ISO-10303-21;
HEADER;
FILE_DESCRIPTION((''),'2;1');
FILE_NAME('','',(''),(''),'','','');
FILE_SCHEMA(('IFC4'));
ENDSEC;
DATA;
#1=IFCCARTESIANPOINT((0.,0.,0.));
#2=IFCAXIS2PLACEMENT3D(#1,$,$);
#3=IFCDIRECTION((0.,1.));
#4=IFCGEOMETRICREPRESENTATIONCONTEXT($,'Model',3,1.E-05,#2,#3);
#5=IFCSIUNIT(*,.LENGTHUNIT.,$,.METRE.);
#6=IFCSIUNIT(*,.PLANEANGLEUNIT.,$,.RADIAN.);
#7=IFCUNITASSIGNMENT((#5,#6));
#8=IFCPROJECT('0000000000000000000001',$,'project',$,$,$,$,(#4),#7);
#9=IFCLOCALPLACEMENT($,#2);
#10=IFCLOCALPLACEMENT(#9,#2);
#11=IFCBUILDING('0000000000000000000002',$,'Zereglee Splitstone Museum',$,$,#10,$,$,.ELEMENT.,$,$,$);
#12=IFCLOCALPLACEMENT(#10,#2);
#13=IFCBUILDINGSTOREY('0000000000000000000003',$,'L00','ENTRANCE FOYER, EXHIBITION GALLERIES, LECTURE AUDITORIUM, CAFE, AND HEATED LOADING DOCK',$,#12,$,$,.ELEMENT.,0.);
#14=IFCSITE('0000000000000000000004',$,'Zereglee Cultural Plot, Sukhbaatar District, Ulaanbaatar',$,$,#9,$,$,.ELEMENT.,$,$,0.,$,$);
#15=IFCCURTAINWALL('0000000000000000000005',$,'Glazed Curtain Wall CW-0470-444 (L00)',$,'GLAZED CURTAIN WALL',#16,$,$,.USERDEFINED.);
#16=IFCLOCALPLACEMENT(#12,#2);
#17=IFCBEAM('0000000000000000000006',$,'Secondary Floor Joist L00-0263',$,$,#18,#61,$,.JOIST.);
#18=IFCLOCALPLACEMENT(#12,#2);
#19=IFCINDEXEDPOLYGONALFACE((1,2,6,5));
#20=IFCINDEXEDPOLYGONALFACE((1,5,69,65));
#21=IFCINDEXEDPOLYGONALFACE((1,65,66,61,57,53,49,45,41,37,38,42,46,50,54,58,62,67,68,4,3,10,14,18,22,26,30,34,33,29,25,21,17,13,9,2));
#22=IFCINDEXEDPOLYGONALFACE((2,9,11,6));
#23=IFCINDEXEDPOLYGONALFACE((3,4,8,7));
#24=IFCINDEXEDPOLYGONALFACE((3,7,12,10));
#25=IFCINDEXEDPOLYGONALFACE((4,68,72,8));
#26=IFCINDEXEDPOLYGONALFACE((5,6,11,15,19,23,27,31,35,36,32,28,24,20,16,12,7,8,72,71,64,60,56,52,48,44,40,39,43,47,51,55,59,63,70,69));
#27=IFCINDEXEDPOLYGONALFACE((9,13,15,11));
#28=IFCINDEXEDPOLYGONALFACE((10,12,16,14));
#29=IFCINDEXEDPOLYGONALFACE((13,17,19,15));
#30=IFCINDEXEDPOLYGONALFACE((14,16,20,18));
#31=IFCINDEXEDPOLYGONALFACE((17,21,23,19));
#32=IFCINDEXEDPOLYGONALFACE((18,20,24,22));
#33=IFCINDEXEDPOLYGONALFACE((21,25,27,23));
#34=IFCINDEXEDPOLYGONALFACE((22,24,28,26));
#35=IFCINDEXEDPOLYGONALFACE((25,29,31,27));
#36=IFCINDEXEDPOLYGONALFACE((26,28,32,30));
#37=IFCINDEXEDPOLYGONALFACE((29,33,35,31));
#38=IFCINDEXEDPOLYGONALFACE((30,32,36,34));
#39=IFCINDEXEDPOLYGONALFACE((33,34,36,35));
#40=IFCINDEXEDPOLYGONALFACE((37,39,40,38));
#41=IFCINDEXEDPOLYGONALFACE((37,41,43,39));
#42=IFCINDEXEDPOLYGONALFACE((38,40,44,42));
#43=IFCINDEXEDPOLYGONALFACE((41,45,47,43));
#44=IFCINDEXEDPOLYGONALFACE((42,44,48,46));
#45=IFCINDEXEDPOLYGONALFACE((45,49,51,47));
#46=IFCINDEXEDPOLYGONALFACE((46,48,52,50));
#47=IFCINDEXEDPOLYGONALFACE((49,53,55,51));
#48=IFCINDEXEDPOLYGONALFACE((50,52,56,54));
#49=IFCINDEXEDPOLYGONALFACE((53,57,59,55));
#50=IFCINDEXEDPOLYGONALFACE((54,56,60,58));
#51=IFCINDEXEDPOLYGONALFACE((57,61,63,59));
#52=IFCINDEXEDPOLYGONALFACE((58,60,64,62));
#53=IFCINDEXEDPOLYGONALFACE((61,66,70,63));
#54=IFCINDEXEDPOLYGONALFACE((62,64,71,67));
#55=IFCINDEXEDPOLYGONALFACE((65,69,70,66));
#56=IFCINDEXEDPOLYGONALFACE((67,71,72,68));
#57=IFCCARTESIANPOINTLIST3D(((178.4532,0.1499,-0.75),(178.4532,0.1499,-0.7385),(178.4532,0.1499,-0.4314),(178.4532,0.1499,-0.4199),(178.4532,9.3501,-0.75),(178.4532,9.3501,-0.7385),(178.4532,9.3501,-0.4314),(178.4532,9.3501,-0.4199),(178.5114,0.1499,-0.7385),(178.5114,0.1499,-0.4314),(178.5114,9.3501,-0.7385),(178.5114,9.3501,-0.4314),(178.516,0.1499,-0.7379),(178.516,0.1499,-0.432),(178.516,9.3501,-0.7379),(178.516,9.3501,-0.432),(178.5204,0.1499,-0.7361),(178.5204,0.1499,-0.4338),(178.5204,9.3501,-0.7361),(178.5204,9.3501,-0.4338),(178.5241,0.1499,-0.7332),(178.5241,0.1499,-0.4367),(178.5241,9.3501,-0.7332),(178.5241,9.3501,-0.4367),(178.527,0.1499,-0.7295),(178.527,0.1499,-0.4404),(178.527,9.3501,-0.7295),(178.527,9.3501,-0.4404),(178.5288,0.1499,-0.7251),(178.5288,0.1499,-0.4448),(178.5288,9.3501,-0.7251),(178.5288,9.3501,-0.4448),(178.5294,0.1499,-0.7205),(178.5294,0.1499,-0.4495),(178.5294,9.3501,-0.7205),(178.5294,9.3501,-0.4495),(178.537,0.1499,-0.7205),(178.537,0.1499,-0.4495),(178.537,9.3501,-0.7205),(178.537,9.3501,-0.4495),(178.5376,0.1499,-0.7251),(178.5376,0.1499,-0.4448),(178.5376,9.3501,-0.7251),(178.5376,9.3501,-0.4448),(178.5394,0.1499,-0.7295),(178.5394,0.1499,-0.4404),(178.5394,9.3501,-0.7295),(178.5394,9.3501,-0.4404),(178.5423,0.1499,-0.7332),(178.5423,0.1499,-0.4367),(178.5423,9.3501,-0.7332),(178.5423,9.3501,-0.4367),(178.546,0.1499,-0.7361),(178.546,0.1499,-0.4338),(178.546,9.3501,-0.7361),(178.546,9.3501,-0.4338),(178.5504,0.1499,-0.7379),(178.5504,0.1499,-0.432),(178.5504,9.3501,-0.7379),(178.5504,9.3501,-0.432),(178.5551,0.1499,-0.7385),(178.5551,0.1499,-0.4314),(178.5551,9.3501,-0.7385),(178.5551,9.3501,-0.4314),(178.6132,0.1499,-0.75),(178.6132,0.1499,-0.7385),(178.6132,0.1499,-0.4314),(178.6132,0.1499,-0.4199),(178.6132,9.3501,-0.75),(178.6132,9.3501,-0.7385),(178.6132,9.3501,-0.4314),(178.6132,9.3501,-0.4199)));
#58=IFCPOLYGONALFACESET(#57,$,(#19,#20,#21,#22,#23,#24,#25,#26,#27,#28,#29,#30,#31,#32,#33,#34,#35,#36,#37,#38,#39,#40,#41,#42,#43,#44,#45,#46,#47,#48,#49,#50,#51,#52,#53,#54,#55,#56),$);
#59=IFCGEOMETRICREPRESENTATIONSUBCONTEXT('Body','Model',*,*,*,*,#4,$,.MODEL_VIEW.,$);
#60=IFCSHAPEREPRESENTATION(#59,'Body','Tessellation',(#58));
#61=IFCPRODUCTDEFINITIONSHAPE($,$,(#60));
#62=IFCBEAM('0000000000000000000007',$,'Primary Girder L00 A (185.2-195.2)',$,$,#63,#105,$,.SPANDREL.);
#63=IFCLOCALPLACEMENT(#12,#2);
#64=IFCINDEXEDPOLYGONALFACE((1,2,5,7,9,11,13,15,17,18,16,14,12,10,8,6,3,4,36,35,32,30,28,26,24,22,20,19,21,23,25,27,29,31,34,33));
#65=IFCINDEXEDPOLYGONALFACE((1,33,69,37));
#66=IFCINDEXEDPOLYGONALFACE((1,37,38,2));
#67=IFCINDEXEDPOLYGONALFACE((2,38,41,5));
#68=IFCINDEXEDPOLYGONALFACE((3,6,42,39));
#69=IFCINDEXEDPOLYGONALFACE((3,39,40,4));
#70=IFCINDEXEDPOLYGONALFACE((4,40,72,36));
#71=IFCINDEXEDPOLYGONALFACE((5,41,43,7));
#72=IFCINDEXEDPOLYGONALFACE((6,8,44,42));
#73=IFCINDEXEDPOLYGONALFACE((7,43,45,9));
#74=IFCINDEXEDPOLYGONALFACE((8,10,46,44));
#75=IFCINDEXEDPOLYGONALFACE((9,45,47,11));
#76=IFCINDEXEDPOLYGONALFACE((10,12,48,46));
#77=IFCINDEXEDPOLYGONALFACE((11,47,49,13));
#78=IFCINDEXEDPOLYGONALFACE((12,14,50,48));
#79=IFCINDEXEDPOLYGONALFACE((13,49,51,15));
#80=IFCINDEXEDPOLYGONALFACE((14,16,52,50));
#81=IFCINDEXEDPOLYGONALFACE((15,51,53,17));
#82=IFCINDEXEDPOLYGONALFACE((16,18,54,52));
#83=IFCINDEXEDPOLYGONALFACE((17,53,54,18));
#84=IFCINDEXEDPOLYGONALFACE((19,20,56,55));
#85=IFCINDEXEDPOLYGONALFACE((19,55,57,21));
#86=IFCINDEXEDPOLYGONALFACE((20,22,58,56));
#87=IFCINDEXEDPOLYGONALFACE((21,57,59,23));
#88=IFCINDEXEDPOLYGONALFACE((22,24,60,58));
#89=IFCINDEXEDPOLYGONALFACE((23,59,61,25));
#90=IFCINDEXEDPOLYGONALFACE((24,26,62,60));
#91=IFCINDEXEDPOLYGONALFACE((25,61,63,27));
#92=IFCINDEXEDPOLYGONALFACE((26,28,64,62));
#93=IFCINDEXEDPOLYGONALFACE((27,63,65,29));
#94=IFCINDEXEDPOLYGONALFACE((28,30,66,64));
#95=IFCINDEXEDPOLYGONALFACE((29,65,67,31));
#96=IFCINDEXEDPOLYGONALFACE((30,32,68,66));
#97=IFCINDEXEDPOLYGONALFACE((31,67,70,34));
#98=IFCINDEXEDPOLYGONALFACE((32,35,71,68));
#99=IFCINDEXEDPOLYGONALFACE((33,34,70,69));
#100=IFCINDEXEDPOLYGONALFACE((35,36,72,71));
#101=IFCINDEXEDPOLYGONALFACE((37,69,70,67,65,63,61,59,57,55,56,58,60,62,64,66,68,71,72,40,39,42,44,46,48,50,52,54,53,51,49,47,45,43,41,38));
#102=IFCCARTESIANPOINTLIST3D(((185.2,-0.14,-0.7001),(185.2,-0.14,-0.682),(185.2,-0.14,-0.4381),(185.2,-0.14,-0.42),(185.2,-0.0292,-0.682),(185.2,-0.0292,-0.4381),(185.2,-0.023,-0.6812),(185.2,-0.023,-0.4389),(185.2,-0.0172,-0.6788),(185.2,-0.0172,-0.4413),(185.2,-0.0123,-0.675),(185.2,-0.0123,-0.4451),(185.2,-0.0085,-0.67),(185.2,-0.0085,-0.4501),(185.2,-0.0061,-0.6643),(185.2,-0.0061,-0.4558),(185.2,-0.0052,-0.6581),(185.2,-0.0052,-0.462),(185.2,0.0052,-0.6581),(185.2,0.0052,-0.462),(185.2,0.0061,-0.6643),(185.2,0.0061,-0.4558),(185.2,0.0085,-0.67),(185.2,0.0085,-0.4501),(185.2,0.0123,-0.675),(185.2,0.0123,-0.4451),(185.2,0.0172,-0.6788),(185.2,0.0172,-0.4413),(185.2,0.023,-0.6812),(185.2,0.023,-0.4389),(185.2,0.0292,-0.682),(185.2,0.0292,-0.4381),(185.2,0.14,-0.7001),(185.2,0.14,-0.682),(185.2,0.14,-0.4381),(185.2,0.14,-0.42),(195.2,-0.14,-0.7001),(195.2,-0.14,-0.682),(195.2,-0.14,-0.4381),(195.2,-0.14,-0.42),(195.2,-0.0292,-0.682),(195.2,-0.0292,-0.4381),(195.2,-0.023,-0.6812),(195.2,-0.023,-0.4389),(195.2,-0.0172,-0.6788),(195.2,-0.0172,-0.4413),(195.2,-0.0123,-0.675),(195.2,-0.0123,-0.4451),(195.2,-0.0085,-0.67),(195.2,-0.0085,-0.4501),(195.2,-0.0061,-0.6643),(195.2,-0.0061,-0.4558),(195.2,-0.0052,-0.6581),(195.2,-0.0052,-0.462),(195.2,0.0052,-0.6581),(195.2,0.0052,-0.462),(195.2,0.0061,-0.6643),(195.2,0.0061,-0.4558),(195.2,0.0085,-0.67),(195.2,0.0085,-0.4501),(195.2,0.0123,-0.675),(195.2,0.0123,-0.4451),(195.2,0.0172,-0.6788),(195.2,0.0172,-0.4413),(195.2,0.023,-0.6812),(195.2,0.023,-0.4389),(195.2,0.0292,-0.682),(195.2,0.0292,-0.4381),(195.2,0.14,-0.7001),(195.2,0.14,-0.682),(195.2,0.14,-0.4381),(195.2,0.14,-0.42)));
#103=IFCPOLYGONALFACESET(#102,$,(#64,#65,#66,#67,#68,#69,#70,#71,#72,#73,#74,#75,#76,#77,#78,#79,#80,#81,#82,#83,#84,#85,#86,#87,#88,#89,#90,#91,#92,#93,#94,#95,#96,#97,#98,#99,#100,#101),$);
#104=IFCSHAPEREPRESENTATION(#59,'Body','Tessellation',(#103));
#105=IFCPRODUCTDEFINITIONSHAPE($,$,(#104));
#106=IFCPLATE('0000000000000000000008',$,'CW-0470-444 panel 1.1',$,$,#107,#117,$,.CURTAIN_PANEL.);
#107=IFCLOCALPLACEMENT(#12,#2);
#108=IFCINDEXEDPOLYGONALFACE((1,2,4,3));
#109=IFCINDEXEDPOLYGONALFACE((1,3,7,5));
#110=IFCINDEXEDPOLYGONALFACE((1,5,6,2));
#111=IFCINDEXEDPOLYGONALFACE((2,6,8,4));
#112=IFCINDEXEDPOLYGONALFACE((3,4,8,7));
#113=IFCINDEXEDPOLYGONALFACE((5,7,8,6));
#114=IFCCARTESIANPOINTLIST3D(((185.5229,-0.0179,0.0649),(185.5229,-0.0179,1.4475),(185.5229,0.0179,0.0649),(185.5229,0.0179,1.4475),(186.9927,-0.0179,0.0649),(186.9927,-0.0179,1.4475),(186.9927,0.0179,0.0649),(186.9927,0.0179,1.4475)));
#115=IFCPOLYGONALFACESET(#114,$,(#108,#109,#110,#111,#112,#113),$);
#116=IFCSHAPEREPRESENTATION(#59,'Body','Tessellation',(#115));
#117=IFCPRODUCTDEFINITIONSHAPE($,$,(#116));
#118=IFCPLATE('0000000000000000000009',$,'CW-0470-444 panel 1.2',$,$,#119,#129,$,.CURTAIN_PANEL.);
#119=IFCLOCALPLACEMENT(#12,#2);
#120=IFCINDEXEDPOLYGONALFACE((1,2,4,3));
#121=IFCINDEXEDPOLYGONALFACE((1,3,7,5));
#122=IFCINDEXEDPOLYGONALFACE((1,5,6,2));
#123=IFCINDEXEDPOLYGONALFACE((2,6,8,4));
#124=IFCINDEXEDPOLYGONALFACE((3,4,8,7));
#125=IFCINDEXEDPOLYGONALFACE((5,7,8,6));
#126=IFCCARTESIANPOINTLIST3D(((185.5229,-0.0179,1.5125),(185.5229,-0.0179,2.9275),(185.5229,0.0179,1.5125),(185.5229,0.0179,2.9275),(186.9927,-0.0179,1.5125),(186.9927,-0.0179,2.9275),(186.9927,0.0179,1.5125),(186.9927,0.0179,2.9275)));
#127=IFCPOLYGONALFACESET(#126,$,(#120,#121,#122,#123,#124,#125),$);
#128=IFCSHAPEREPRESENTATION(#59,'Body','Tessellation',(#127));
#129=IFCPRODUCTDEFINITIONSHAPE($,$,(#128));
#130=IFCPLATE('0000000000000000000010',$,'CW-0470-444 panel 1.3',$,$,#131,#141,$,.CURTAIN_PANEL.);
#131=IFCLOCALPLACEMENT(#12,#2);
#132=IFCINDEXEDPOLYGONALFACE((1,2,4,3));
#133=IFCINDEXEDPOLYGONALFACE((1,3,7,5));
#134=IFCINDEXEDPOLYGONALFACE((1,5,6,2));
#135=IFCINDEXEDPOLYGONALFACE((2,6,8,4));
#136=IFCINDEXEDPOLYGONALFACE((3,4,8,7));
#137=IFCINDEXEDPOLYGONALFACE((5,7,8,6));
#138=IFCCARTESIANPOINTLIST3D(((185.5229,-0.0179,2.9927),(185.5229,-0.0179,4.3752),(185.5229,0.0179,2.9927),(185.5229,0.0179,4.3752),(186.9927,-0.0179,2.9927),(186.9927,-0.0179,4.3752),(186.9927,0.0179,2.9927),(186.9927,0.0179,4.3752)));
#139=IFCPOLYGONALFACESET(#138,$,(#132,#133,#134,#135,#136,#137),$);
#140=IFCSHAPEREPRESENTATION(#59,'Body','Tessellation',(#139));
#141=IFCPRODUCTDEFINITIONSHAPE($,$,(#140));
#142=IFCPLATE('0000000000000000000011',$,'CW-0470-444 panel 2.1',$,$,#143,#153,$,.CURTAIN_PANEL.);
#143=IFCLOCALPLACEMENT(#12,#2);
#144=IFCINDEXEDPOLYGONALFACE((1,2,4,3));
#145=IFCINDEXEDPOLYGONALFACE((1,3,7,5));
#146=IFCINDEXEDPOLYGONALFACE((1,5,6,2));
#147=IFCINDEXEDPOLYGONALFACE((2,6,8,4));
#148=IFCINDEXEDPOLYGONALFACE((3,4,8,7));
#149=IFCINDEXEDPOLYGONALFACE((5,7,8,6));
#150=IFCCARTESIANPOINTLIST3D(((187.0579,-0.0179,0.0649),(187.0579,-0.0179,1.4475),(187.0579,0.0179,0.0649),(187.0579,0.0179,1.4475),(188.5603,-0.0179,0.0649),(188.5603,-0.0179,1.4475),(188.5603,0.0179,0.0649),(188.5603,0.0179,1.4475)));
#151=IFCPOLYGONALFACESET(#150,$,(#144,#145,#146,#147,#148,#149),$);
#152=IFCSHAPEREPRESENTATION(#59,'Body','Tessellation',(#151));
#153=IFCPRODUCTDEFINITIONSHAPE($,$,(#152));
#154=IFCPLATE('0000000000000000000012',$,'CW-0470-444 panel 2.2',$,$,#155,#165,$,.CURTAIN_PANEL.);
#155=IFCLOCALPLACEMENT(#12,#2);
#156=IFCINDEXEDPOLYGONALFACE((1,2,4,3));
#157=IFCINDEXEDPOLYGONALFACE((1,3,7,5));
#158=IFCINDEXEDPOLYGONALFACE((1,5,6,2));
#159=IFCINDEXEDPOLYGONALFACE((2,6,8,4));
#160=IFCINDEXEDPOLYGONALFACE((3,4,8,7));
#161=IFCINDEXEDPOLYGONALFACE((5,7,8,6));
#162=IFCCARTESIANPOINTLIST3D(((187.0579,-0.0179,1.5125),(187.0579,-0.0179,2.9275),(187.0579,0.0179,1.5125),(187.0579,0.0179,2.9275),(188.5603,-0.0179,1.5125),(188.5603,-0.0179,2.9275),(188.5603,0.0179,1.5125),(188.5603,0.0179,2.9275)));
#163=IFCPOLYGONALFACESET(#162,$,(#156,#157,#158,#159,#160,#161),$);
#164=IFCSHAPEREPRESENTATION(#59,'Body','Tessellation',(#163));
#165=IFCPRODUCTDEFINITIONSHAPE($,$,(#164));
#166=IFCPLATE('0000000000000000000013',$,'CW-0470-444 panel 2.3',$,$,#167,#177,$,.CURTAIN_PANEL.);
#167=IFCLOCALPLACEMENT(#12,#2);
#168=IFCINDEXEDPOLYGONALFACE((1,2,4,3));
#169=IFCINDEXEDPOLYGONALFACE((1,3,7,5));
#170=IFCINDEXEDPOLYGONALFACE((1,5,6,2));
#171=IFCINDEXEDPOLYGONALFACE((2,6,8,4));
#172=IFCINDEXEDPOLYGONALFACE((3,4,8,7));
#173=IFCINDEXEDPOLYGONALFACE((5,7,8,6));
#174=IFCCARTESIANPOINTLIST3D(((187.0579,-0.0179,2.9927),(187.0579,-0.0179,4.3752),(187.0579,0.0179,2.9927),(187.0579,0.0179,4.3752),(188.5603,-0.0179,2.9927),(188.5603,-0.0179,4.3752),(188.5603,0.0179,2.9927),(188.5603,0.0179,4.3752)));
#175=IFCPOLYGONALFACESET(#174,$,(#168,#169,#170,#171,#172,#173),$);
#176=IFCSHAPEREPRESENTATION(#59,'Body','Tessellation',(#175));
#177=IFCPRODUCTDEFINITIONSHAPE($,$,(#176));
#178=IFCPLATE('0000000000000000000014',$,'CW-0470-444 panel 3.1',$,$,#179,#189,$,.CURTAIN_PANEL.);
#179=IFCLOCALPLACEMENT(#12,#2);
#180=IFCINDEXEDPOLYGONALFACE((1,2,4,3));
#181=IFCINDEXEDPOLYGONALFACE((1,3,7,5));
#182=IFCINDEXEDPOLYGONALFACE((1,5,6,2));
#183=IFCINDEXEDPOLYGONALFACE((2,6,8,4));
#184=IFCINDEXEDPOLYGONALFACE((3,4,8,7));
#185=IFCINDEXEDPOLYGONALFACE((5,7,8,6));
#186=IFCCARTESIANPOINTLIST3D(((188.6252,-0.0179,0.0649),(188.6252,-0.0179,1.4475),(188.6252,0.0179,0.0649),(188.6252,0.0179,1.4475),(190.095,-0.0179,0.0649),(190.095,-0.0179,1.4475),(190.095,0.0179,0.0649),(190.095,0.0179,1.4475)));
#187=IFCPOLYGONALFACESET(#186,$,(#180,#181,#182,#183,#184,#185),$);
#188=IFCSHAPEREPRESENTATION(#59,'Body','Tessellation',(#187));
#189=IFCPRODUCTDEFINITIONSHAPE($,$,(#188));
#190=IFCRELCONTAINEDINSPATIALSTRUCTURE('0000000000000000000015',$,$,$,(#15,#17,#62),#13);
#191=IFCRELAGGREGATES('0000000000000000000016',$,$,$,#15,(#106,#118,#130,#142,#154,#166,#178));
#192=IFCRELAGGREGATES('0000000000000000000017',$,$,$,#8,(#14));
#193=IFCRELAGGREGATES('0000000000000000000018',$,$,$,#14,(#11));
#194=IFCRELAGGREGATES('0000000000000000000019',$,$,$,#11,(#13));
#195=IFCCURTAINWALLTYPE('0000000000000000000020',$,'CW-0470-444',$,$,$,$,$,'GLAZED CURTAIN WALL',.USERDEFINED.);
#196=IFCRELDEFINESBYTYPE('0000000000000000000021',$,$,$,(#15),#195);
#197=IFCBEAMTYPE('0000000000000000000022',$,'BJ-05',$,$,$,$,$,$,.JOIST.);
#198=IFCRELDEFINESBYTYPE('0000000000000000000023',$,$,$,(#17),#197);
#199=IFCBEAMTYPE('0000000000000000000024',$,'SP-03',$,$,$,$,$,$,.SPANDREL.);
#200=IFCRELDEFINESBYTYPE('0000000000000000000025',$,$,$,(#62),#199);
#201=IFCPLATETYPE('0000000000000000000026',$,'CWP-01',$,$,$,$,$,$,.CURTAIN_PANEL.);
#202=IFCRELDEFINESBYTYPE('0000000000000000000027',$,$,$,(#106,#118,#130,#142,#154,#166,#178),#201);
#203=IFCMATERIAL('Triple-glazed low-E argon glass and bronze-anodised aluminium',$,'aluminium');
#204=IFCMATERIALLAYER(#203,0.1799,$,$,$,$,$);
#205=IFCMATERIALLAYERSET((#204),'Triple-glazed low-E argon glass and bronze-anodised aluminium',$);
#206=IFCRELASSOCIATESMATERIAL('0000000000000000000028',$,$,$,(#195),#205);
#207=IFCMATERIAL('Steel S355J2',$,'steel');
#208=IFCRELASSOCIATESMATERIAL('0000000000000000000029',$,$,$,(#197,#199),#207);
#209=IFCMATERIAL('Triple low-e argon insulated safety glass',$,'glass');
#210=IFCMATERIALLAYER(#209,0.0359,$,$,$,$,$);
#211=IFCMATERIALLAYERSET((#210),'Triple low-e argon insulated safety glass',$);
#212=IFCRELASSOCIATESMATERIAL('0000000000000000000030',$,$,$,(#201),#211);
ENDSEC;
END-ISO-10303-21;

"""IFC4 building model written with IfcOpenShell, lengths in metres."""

from ifc_helpers import new_model, si_unit, direction, frame, origin, origin_2d, place, context, subcontext, project, spatial, rectangle, i_section, extrude, material, layer, layer_set, material_profile, profile_set, type_object, element, aggregate, save


model = new_model("IFC4")

# Units and contexts
model_context = context("Model", 3, precision=1e-05, world=origin(), true_north=direction((0.0, 1.0)))
body_context = subcontext(model_context, "Body", "Model", "MODEL_VIEW")
ifc_project = project(units=[si_unit("LENGTHUNIT", "METRE"), si_unit("PLANEANGLEUNIT", "RADIAN")], contexts=[model_context])

# Site, building, storey
site_placement = place(None, origin())
site = spatial("IfcSite", under=ifc_project, at=site_placement, Name="Zereglee Cultural Plot, Sukhbaatar District, Ulaanbaatar", CompositionType="ELEMENT", RefElevation=0.0)
building_placement = place(site_placement, origin())
building = spatial("IfcBuilding", under=site, at=building_placement, Name="Zereglee Splitstone Museum", CompositionType="ELEMENT")
storey_placement = place(building_placement, origin())
storey = spatial("IfcBuildingStorey", under=building, at=storey_placement, Name="L00", Description="ENTRANCE FOYER, EXHIBITION GALLERIES, LECTURE AUDITORIUM, CAFE, AND HEATED LOADING DOCK", CompositionType="ELEMENT", Elevation=0.0)

# Curtain wall
ifc_material_1 = material(Name="Triple-glazed low-E argon glass and bronze-anodised aluminium", Category="aluminium")
ifc_layer_1 = layer(ifc_material_1, 0.1799)
ifc_layer_set_1 = layer_set([ifc_layer_1], Name="Triple-glazed low-E argon glass and bronze-anodised aluminium")
curtain_wall_type_1 = type_object("IfcCurtainWallType", Name="CW-0470-444", ElementType="GLAZED CURTAIN WALL", PredefinedType="USERDEFINED", material=ifc_layer_set_1)
curtain_wall_1_placement = place(storey_placement, origin())
curtain_wall_1 = element("IfcCurtainWall", 1, at=curtain_wall_1_placement, inside=storey, type_object=curtain_wall_type_1, Name="Glazed Curtain Wall CW-0470-444 (L00)", ObjectType="GLAZED CURTAIN WALL", PredefinedType="USERDEFINED")

# Beams
ifc_material_2 = material(Name="Steel S355J2", Category="steel")
ifc_material_profile_1 = material_profile(ifc_material_2, i_section(OverallWidth=0.1599, OverallDepth=0.3301, WebThickness=0.0076, FlangeThickness=0.0115, FilletRadius=0.0181, at=origin_2d()), Name="IPE 330")
ifc_profile_set_1 = profile_set([ifc_material_profile_1], Name="Steel S355J2")
beam_type_1 = type_object("IfcBeamType", Name="BJ-05", PredefinedType="JOIST", material=ifc_profile_set_1)
beam_1_placement = place(storey_placement, frame((178.5332, 0.1499, -0.585), z_axis=(0.0, 1.0, 0.0), x_axis=(-1.0, 0.0, 0.0)))
element("IfcBeam", 2, at=beam_1_placement, inside=storey, type_object=beam_type_1, Name="Secondary Floor Joist L00-0263", PredefinedType="JOIST", context=body_context, shape_type="SweptSolid", body=[
    extrude(i_section(OverallWidth=0.1599, OverallDepth=0.3301, WebThickness=0.0076, FlangeThickness=0.0115, FilletRadius=0.0181, at=origin_2d()), origin(), (0.0, 0.0, 1.0), 9.2002),
])
ifc_material_profile_2 = material_profile(ifc_material_2, i_section(OverallWidth=0.28, OverallDepth=0.28, WebThickness=0.0105, FlangeThickness=0.0181, FilletRadius=0.0239, at=origin_2d()), Name="HE 280 B")
ifc_profile_set_2 = profile_set([ifc_material_profile_2], Name="Steel S355J2")
beam_type_2 = type_object("IfcBeamType", Name="SP-03", PredefinedType="SPANDREL", material=ifc_profile_set_2)
beam_2_placement = place(storey_placement, frame((185.2, 0.0, -0.5601), z_axis=(1.0, 0.0, 0.0), x_axis=(0.0, 1.0, 0.0)))
element("IfcBeam", 3, at=beam_2_placement, inside=storey, type_object=beam_type_2, Name="Primary Girder L00 A (185.2-195.2)", PredefinedType="SPANDREL", context=body_context, shape_type="SweptSolid", body=[
    extrude(i_section(OverallWidth=0.28, OverallDepth=0.28, WebThickness=0.0105, FlangeThickness=0.0181, FilletRadius=0.0239, at=origin_2d()), origin(), (0.0, 0.0, 1.0), 10.0),
])

# Plates
ifc_material_3 = material(Name="Triple low-e argon insulated safety glass", Category="glass")
ifc_layer_2 = layer(ifc_material_3, 0.0359)
ifc_layer_set_2 = layer_set([ifc_layer_2], Name="Triple low-e argon insulated safety glass")
plate_type = type_object("IfcPlateType", Name="CWP-01", PredefinedType="CURTAIN_PANEL", material=ifc_layer_set_2)
plate_1_placement = place(storey_placement, frame((186.2578, 0.0, 0.0649), z_axis=(0.0, 0.0, 1.0), x_axis=(1.0, 0.0, 0.0)))
plate_1 = element("IfcPlate", 4, at=plate_1_placement, type_object=plate_type, Name="CW-0470-444 panel 1.1", PredefinedType="CURTAIN_PANEL", context=body_context, shape_type="SweptSolid", body=[
    extrude(rectangle(XDim=1.4697, YDim=0.0359, at=origin_2d()), origin(), (0.0, 0.0, 1.0), 1.3826),
])
plate_2_placement = place(storey_placement, frame((186.2578, 0.0, 1.5125), z_axis=(0.0, 0.0, 1.0), x_axis=(1.0, 0.0, 0.0)))
plate_2 = element("IfcPlate", 5, at=plate_2_placement, type_object=plate_type, Name="CW-0470-444 panel 1.2", PredefinedType="CURTAIN_PANEL", context=body_context, shape_type="SweptSolid", body=[
    extrude(rectangle(XDim=1.4697, YDim=0.0359, at=origin_2d()), origin(), (0.0, 0.0, 1.0), 1.415),
])
plate_3_placement = place(storey_placement, frame((186.2578, 0.0, 2.9927), z_axis=(0.0, 0.0, 1.0), x_axis=(1.0, 0.0, 0.0)))
plate_3 = element("IfcPlate", 6, at=plate_3_placement, type_object=plate_type, Name="CW-0470-444 panel 1.3", PredefinedType="CURTAIN_PANEL", context=body_context, shape_type="SweptSolid", body=[
    extrude(rectangle(XDim=1.4697, YDim=0.0359, at=origin_2d()), origin(), (0.0, 0.0, 1.0), 1.3826),
])
plate_4_placement = place(storey_placement, frame((187.8091, 0.0, 0.0649), z_axis=(0.0, 0.0, 1.0), x_axis=(1.0, 0.0, 0.0)))
plate_4 = element("IfcPlate", 7, at=plate_4_placement, type_object=plate_type, Name="CW-0470-444 panel 2.1", PredefinedType="CURTAIN_PANEL", context=body_context, shape_type="SweptSolid", body=[
    extrude(rectangle(XDim=1.5024, YDim=0.0359, at=origin_2d()), origin(), (0.0, 0.0, 1.0), 1.3826),
])
plate_5_placement = place(storey_placement, frame((187.8091, 0.0, 1.5125), z_axis=(0.0, 0.0, 1.0), x_axis=(1.0, 0.0, 0.0)))
plate_5 = element("IfcPlate", 8, at=plate_5_placement, type_object=plate_type, Name="CW-0470-444 panel 2.2", PredefinedType="CURTAIN_PANEL", context=body_context, shape_type="SweptSolid", body=[
    extrude(rectangle(XDim=1.5024, YDim=0.0359, at=origin_2d()), origin(), (0.0, 0.0, 1.0), 1.415),
])
plate_6_placement = place(storey_placement, frame((187.8091, 0.0, 2.9927), z_axis=(0.0, 0.0, 1.0), x_axis=(1.0, 0.0, 0.0)))
plate_6 = element("IfcPlate", 9, at=plate_6_placement, type_object=plate_type, Name="CW-0470-444 panel 2.3", PredefinedType="CURTAIN_PANEL", context=body_context, shape_type="SweptSolid", body=[
    extrude(rectangle(XDim=1.5024, YDim=0.0359, at=origin_2d()), origin(), (0.0, 0.0, 1.0), 1.3826),
])
plate_7_placement = place(storey_placement, frame((189.3601, 0.0, 0.0649), z_axis=(0.0, 0.0, 1.0), x_axis=(1.0, 0.0, 0.0)))
plate_7 = element("IfcPlate", 10, at=plate_7_placement, type_object=plate_type, Name="CW-0470-444 panel 3.1", PredefinedType="CURTAIN_PANEL", context=body_context, shape_type="SweptSolid", body=[
    extrude(rectangle(XDim=1.4697, YDim=0.0359, at=origin_2d()), origin(), (0.0, 0.0, 1.0), 1.3826),
])
aggregate(curtain_wall_1, [plate_1, plate_2, plate_3, plate_4, plate_5, plate_6, plate_7])

save(model, "model.ifc")
